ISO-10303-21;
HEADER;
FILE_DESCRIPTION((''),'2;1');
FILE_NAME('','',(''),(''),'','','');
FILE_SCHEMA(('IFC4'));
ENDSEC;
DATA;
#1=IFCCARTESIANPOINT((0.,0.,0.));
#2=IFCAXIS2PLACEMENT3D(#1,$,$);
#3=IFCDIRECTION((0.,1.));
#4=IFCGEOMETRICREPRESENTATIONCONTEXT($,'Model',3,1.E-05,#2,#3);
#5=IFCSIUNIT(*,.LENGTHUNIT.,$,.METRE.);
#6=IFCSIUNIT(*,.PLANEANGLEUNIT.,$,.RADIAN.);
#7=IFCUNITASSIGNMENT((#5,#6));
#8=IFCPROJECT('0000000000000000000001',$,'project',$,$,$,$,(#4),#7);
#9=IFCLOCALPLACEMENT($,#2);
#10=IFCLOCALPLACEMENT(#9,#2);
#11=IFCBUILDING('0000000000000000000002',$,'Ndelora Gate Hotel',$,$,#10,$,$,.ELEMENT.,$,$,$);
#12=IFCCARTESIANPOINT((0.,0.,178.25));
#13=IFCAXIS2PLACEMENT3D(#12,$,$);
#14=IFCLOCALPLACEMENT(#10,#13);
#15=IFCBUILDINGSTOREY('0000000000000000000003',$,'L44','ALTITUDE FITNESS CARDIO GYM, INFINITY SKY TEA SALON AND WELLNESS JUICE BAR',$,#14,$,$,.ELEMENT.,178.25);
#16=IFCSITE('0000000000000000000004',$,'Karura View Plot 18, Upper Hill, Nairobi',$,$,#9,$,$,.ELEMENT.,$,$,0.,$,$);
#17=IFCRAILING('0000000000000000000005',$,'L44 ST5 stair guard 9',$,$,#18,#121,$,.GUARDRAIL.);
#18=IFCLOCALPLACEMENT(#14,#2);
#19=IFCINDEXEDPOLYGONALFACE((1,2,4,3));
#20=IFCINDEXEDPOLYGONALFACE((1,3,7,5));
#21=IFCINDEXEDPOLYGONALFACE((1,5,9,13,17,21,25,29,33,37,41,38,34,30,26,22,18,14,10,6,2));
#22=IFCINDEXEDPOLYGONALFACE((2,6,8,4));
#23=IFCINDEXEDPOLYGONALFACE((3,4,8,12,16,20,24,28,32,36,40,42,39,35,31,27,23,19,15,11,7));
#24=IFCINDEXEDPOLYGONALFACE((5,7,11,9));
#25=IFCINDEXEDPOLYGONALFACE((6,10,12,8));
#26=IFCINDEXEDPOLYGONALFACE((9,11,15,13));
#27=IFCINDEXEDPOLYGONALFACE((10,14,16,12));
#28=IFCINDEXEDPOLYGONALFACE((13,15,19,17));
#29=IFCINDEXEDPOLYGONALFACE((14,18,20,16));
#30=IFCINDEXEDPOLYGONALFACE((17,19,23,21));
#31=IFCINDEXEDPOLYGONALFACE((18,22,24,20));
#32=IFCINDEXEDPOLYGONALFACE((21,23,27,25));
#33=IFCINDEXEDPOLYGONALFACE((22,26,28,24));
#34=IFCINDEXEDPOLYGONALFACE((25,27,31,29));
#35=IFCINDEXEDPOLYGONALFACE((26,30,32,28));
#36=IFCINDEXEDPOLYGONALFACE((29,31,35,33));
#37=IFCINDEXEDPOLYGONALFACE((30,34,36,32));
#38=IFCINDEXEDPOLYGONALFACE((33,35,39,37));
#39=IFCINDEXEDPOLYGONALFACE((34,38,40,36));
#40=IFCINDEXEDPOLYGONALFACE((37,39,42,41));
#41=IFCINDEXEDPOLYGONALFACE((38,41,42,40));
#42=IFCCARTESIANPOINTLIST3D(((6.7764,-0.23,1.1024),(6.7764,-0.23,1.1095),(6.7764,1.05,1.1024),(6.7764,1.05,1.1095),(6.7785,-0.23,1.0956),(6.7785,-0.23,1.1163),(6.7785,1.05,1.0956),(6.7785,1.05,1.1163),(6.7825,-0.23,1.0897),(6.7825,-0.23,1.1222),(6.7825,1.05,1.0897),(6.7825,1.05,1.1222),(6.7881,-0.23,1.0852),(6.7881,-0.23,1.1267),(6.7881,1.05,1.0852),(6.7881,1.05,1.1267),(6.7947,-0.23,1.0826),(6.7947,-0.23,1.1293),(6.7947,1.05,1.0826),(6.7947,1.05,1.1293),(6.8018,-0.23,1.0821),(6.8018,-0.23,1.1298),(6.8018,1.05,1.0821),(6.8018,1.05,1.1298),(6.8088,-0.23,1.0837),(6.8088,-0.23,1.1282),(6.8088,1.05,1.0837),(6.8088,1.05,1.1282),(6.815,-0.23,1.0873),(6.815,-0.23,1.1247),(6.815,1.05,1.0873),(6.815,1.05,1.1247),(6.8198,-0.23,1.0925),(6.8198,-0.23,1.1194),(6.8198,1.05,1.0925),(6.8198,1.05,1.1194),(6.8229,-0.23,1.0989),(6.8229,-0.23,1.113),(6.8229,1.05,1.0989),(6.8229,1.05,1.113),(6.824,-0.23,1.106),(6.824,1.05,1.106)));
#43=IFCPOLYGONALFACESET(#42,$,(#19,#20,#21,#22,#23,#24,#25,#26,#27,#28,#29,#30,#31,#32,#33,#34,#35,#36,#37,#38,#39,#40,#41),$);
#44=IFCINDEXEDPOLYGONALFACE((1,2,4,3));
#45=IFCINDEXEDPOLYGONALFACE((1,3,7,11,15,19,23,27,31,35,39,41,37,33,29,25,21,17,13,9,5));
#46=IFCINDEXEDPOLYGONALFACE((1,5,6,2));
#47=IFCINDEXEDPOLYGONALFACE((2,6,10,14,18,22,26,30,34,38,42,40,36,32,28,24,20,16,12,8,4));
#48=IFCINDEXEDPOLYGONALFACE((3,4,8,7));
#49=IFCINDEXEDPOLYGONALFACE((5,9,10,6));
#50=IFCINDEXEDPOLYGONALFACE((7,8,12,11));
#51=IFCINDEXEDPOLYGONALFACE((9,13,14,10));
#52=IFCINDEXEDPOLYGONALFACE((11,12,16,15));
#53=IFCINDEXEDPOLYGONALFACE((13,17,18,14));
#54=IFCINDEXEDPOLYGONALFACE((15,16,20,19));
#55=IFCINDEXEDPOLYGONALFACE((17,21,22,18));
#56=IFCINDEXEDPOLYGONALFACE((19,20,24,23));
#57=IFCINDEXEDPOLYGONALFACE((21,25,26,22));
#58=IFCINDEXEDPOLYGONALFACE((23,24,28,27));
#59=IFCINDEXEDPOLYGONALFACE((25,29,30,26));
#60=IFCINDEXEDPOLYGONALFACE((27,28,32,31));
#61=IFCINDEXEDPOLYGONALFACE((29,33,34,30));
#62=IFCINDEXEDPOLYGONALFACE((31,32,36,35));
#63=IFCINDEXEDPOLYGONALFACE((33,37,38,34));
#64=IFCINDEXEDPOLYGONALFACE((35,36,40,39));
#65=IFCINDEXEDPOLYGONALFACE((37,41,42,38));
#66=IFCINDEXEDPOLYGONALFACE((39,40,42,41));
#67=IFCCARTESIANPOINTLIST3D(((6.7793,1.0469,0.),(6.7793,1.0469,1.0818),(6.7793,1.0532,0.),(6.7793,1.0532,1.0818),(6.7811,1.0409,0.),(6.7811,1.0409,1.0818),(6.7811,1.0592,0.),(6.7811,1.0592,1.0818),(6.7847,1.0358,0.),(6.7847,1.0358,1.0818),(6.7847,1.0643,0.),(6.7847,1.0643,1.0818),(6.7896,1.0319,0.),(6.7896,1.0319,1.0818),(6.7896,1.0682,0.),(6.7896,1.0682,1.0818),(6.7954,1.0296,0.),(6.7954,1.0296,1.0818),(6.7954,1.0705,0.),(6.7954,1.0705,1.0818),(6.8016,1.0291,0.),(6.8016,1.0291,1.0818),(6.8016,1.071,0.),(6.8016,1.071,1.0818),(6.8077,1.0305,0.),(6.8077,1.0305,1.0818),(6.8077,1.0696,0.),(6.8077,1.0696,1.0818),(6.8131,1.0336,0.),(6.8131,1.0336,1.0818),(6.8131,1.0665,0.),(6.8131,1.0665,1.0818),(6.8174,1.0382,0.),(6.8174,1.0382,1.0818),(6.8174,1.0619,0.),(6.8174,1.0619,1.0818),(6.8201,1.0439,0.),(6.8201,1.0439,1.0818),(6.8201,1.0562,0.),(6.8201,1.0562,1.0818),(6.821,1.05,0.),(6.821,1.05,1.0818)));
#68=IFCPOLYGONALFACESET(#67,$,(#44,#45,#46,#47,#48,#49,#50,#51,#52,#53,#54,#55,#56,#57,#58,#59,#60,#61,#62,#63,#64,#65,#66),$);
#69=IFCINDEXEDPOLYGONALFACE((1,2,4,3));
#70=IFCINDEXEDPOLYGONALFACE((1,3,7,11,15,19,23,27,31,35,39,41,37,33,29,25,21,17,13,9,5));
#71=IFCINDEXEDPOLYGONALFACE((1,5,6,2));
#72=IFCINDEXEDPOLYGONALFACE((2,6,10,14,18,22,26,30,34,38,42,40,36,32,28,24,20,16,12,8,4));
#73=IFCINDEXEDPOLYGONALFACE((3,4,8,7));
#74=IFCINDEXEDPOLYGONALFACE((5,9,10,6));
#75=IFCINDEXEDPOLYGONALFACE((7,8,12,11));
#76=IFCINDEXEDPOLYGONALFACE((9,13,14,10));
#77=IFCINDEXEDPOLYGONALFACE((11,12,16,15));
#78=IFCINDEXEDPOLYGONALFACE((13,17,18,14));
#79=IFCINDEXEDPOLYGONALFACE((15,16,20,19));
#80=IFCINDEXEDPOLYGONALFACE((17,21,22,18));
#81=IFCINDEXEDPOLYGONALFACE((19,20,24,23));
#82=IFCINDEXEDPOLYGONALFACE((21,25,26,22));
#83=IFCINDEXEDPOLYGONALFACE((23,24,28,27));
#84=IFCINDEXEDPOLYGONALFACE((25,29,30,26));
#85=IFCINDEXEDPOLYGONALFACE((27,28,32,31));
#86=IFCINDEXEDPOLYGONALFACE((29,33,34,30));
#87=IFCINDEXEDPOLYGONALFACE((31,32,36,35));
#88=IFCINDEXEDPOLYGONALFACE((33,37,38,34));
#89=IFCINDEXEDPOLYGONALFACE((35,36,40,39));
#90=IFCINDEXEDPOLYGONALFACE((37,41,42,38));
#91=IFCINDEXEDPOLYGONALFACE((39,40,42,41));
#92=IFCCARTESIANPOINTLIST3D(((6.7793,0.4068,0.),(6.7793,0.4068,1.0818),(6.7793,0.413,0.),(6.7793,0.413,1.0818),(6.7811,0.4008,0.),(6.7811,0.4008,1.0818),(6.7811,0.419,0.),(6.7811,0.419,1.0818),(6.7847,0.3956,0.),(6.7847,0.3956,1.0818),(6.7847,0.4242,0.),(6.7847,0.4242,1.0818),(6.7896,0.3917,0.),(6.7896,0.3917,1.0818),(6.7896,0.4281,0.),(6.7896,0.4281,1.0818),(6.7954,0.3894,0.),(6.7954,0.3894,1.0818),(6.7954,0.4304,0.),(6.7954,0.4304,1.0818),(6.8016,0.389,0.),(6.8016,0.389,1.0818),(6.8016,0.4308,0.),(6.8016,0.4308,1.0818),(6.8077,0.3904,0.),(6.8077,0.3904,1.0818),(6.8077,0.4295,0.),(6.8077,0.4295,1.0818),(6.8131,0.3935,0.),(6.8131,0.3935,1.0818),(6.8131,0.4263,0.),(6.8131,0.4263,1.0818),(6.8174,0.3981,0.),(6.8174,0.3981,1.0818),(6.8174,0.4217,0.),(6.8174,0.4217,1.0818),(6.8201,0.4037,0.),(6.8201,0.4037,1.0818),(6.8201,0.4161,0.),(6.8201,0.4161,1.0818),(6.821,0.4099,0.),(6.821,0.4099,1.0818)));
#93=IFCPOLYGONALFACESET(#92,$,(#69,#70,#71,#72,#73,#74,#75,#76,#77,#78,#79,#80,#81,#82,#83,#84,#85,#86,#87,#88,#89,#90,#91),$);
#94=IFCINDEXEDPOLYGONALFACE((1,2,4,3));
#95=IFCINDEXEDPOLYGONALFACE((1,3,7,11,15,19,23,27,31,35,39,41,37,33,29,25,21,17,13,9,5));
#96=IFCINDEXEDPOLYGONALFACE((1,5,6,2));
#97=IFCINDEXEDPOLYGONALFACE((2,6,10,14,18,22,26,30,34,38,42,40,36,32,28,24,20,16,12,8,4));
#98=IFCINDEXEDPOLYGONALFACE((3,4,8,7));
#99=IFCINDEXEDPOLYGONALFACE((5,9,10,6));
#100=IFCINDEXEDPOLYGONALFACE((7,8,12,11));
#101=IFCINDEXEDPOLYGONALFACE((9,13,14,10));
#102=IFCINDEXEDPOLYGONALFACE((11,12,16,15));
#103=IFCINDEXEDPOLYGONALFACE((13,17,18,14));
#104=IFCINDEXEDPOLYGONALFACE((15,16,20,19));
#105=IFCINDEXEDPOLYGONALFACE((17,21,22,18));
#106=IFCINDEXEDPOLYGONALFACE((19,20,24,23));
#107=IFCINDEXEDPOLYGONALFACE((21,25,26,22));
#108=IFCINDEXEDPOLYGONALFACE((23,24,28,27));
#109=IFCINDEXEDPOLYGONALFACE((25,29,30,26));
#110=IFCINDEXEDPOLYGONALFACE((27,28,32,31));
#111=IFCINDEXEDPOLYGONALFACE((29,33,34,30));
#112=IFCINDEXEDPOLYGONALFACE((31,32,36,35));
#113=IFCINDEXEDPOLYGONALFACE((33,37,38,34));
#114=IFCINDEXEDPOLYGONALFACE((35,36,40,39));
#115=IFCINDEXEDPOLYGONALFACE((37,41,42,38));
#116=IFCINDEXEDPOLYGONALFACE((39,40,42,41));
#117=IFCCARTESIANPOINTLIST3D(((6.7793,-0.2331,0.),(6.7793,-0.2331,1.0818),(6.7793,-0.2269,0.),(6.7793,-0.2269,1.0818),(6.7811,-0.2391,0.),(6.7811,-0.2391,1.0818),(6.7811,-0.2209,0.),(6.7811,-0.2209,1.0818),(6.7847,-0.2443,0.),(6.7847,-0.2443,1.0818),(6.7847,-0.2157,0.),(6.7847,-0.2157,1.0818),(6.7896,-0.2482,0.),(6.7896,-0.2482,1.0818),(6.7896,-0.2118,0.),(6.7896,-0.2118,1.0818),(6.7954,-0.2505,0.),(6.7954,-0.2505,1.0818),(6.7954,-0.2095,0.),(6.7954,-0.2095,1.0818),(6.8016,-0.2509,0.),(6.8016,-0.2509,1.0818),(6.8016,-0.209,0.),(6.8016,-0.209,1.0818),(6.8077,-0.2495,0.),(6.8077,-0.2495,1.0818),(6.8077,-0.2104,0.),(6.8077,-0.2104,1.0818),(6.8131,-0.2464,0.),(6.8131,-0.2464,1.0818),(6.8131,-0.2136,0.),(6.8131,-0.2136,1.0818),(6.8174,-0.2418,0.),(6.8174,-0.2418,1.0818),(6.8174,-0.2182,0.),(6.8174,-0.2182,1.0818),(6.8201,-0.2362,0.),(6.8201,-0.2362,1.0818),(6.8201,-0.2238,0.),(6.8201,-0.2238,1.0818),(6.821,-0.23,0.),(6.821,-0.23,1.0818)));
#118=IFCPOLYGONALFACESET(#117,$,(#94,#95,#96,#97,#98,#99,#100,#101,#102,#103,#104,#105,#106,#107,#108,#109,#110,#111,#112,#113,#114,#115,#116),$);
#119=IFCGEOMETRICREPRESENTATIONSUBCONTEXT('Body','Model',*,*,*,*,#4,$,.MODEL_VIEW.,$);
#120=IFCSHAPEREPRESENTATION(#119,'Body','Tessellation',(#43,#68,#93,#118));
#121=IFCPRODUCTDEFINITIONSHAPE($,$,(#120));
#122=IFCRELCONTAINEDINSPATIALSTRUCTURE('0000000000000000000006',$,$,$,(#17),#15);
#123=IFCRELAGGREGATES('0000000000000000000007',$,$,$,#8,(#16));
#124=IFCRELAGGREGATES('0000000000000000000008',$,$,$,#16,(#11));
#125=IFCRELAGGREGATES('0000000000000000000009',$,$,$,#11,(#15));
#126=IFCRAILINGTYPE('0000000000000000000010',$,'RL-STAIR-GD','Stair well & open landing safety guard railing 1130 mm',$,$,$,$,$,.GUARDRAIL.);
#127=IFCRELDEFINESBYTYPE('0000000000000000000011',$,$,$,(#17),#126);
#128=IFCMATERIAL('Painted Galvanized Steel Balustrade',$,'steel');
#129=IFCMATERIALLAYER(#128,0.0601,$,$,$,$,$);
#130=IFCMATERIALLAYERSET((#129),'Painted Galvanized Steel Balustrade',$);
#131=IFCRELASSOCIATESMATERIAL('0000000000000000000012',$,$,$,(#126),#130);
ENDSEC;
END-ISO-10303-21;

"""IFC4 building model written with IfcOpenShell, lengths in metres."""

from ifc_helpers import new_model, si_unit, direction, frame, origin, origin_2d, place, context, subcontext, project, spatial, circle, extrude, material, layer, layer_set, type_object, element, save


model = new_model("IFC4")

# Units and contexts
model_context = context("Model", 3, precision=1e-05, world=origin(), true_north=direction((0.0, 1.0)))
body_context = subcontext(model_context, "Body", "Model", "MODEL_VIEW")
ifc_project = project(units=[si_unit("LENGTHUNIT", "METRE"), si_unit("PLANEANGLEUNIT", "RADIAN")], contexts=[model_context])

# Site, building, storey
site_placement = place(None, origin())
site = spatial("IfcSite", under=ifc_project, at=site_placement, Name="Karura View Plot 18, Upper Hill, Nairobi", CompositionType="ELEMENT", RefElevation=0.0)
building_placement = place(site_placement, origin())
building = spatial("IfcBuilding", under=site, at=building_placement, Name="Ndelora Gate Hotel", CompositionType="ELEMENT")
storey_placement = place(building_placement, frame((0.0, 0.0, 178.25)))
storey = spatial("IfcBuildingStorey", under=building, at=storey_placement, Name="L44", Description="ALTITUDE FITNESS CARDIO GYM, INFINITY SKY TEA SALON AND WELLNESS JUICE BAR", CompositionType="ELEMENT", Elevation=178.25)

# Railing
ifc_material_1 = material(Name="Painted Galvanized Steel Balustrade", Category="steel")
ifc_layer_1 = layer(ifc_material_1, 0.0601)
ifc_layer_set_1 = layer_set([ifc_layer_1], Name="Painted Galvanized Steel Balustrade")
railing_type_1 = type_object("IfcRailingType", Name="RL-STAIR-GD", Description="Stair well & open landing safety guard railing 1130 mm", PredefinedType="GUARDRAIL", material=ifc_layer_set_1)
for number, where, name in (
    (1, (6.8, 1.05, 0.0), "L44 ST5 stair guard 9"),
):
    element("IfcRailing", number, at=place(storey_placement, frame(where)), inside=storey, type_object=railing_type_1, Name=name, PredefinedType="GUARDRAIL", context=body_context, shape_type="SweptSolid", body=[
        extrude(circle(Radius=0.0239, at=origin_2d()), frame((0.0, 0.0, 1.106), z_axis=(0.0, -1.0, 0.0), x_axis=(1.0, 0.0, 0.0)), (0.0, 0.0, 1.0), 1.28),
        extrude(circle(Radius=0.021, at=origin_2d()), origin(), (0.0, 0.0, 1.0), 1.0818),
        extrude(circle(Radius=0.021, at=origin_2d()), frame((0.0, -0.6401, 0.0)), (0.0, 0.0, 1.0), 1.0818),
        extrude(circle(Radius=0.021, at=origin_2d()), frame((0.0, -1.28, 0.0)), (0.0, 0.0, 1.0), 1.0818),
    ])

save(model, "model.ifc")
